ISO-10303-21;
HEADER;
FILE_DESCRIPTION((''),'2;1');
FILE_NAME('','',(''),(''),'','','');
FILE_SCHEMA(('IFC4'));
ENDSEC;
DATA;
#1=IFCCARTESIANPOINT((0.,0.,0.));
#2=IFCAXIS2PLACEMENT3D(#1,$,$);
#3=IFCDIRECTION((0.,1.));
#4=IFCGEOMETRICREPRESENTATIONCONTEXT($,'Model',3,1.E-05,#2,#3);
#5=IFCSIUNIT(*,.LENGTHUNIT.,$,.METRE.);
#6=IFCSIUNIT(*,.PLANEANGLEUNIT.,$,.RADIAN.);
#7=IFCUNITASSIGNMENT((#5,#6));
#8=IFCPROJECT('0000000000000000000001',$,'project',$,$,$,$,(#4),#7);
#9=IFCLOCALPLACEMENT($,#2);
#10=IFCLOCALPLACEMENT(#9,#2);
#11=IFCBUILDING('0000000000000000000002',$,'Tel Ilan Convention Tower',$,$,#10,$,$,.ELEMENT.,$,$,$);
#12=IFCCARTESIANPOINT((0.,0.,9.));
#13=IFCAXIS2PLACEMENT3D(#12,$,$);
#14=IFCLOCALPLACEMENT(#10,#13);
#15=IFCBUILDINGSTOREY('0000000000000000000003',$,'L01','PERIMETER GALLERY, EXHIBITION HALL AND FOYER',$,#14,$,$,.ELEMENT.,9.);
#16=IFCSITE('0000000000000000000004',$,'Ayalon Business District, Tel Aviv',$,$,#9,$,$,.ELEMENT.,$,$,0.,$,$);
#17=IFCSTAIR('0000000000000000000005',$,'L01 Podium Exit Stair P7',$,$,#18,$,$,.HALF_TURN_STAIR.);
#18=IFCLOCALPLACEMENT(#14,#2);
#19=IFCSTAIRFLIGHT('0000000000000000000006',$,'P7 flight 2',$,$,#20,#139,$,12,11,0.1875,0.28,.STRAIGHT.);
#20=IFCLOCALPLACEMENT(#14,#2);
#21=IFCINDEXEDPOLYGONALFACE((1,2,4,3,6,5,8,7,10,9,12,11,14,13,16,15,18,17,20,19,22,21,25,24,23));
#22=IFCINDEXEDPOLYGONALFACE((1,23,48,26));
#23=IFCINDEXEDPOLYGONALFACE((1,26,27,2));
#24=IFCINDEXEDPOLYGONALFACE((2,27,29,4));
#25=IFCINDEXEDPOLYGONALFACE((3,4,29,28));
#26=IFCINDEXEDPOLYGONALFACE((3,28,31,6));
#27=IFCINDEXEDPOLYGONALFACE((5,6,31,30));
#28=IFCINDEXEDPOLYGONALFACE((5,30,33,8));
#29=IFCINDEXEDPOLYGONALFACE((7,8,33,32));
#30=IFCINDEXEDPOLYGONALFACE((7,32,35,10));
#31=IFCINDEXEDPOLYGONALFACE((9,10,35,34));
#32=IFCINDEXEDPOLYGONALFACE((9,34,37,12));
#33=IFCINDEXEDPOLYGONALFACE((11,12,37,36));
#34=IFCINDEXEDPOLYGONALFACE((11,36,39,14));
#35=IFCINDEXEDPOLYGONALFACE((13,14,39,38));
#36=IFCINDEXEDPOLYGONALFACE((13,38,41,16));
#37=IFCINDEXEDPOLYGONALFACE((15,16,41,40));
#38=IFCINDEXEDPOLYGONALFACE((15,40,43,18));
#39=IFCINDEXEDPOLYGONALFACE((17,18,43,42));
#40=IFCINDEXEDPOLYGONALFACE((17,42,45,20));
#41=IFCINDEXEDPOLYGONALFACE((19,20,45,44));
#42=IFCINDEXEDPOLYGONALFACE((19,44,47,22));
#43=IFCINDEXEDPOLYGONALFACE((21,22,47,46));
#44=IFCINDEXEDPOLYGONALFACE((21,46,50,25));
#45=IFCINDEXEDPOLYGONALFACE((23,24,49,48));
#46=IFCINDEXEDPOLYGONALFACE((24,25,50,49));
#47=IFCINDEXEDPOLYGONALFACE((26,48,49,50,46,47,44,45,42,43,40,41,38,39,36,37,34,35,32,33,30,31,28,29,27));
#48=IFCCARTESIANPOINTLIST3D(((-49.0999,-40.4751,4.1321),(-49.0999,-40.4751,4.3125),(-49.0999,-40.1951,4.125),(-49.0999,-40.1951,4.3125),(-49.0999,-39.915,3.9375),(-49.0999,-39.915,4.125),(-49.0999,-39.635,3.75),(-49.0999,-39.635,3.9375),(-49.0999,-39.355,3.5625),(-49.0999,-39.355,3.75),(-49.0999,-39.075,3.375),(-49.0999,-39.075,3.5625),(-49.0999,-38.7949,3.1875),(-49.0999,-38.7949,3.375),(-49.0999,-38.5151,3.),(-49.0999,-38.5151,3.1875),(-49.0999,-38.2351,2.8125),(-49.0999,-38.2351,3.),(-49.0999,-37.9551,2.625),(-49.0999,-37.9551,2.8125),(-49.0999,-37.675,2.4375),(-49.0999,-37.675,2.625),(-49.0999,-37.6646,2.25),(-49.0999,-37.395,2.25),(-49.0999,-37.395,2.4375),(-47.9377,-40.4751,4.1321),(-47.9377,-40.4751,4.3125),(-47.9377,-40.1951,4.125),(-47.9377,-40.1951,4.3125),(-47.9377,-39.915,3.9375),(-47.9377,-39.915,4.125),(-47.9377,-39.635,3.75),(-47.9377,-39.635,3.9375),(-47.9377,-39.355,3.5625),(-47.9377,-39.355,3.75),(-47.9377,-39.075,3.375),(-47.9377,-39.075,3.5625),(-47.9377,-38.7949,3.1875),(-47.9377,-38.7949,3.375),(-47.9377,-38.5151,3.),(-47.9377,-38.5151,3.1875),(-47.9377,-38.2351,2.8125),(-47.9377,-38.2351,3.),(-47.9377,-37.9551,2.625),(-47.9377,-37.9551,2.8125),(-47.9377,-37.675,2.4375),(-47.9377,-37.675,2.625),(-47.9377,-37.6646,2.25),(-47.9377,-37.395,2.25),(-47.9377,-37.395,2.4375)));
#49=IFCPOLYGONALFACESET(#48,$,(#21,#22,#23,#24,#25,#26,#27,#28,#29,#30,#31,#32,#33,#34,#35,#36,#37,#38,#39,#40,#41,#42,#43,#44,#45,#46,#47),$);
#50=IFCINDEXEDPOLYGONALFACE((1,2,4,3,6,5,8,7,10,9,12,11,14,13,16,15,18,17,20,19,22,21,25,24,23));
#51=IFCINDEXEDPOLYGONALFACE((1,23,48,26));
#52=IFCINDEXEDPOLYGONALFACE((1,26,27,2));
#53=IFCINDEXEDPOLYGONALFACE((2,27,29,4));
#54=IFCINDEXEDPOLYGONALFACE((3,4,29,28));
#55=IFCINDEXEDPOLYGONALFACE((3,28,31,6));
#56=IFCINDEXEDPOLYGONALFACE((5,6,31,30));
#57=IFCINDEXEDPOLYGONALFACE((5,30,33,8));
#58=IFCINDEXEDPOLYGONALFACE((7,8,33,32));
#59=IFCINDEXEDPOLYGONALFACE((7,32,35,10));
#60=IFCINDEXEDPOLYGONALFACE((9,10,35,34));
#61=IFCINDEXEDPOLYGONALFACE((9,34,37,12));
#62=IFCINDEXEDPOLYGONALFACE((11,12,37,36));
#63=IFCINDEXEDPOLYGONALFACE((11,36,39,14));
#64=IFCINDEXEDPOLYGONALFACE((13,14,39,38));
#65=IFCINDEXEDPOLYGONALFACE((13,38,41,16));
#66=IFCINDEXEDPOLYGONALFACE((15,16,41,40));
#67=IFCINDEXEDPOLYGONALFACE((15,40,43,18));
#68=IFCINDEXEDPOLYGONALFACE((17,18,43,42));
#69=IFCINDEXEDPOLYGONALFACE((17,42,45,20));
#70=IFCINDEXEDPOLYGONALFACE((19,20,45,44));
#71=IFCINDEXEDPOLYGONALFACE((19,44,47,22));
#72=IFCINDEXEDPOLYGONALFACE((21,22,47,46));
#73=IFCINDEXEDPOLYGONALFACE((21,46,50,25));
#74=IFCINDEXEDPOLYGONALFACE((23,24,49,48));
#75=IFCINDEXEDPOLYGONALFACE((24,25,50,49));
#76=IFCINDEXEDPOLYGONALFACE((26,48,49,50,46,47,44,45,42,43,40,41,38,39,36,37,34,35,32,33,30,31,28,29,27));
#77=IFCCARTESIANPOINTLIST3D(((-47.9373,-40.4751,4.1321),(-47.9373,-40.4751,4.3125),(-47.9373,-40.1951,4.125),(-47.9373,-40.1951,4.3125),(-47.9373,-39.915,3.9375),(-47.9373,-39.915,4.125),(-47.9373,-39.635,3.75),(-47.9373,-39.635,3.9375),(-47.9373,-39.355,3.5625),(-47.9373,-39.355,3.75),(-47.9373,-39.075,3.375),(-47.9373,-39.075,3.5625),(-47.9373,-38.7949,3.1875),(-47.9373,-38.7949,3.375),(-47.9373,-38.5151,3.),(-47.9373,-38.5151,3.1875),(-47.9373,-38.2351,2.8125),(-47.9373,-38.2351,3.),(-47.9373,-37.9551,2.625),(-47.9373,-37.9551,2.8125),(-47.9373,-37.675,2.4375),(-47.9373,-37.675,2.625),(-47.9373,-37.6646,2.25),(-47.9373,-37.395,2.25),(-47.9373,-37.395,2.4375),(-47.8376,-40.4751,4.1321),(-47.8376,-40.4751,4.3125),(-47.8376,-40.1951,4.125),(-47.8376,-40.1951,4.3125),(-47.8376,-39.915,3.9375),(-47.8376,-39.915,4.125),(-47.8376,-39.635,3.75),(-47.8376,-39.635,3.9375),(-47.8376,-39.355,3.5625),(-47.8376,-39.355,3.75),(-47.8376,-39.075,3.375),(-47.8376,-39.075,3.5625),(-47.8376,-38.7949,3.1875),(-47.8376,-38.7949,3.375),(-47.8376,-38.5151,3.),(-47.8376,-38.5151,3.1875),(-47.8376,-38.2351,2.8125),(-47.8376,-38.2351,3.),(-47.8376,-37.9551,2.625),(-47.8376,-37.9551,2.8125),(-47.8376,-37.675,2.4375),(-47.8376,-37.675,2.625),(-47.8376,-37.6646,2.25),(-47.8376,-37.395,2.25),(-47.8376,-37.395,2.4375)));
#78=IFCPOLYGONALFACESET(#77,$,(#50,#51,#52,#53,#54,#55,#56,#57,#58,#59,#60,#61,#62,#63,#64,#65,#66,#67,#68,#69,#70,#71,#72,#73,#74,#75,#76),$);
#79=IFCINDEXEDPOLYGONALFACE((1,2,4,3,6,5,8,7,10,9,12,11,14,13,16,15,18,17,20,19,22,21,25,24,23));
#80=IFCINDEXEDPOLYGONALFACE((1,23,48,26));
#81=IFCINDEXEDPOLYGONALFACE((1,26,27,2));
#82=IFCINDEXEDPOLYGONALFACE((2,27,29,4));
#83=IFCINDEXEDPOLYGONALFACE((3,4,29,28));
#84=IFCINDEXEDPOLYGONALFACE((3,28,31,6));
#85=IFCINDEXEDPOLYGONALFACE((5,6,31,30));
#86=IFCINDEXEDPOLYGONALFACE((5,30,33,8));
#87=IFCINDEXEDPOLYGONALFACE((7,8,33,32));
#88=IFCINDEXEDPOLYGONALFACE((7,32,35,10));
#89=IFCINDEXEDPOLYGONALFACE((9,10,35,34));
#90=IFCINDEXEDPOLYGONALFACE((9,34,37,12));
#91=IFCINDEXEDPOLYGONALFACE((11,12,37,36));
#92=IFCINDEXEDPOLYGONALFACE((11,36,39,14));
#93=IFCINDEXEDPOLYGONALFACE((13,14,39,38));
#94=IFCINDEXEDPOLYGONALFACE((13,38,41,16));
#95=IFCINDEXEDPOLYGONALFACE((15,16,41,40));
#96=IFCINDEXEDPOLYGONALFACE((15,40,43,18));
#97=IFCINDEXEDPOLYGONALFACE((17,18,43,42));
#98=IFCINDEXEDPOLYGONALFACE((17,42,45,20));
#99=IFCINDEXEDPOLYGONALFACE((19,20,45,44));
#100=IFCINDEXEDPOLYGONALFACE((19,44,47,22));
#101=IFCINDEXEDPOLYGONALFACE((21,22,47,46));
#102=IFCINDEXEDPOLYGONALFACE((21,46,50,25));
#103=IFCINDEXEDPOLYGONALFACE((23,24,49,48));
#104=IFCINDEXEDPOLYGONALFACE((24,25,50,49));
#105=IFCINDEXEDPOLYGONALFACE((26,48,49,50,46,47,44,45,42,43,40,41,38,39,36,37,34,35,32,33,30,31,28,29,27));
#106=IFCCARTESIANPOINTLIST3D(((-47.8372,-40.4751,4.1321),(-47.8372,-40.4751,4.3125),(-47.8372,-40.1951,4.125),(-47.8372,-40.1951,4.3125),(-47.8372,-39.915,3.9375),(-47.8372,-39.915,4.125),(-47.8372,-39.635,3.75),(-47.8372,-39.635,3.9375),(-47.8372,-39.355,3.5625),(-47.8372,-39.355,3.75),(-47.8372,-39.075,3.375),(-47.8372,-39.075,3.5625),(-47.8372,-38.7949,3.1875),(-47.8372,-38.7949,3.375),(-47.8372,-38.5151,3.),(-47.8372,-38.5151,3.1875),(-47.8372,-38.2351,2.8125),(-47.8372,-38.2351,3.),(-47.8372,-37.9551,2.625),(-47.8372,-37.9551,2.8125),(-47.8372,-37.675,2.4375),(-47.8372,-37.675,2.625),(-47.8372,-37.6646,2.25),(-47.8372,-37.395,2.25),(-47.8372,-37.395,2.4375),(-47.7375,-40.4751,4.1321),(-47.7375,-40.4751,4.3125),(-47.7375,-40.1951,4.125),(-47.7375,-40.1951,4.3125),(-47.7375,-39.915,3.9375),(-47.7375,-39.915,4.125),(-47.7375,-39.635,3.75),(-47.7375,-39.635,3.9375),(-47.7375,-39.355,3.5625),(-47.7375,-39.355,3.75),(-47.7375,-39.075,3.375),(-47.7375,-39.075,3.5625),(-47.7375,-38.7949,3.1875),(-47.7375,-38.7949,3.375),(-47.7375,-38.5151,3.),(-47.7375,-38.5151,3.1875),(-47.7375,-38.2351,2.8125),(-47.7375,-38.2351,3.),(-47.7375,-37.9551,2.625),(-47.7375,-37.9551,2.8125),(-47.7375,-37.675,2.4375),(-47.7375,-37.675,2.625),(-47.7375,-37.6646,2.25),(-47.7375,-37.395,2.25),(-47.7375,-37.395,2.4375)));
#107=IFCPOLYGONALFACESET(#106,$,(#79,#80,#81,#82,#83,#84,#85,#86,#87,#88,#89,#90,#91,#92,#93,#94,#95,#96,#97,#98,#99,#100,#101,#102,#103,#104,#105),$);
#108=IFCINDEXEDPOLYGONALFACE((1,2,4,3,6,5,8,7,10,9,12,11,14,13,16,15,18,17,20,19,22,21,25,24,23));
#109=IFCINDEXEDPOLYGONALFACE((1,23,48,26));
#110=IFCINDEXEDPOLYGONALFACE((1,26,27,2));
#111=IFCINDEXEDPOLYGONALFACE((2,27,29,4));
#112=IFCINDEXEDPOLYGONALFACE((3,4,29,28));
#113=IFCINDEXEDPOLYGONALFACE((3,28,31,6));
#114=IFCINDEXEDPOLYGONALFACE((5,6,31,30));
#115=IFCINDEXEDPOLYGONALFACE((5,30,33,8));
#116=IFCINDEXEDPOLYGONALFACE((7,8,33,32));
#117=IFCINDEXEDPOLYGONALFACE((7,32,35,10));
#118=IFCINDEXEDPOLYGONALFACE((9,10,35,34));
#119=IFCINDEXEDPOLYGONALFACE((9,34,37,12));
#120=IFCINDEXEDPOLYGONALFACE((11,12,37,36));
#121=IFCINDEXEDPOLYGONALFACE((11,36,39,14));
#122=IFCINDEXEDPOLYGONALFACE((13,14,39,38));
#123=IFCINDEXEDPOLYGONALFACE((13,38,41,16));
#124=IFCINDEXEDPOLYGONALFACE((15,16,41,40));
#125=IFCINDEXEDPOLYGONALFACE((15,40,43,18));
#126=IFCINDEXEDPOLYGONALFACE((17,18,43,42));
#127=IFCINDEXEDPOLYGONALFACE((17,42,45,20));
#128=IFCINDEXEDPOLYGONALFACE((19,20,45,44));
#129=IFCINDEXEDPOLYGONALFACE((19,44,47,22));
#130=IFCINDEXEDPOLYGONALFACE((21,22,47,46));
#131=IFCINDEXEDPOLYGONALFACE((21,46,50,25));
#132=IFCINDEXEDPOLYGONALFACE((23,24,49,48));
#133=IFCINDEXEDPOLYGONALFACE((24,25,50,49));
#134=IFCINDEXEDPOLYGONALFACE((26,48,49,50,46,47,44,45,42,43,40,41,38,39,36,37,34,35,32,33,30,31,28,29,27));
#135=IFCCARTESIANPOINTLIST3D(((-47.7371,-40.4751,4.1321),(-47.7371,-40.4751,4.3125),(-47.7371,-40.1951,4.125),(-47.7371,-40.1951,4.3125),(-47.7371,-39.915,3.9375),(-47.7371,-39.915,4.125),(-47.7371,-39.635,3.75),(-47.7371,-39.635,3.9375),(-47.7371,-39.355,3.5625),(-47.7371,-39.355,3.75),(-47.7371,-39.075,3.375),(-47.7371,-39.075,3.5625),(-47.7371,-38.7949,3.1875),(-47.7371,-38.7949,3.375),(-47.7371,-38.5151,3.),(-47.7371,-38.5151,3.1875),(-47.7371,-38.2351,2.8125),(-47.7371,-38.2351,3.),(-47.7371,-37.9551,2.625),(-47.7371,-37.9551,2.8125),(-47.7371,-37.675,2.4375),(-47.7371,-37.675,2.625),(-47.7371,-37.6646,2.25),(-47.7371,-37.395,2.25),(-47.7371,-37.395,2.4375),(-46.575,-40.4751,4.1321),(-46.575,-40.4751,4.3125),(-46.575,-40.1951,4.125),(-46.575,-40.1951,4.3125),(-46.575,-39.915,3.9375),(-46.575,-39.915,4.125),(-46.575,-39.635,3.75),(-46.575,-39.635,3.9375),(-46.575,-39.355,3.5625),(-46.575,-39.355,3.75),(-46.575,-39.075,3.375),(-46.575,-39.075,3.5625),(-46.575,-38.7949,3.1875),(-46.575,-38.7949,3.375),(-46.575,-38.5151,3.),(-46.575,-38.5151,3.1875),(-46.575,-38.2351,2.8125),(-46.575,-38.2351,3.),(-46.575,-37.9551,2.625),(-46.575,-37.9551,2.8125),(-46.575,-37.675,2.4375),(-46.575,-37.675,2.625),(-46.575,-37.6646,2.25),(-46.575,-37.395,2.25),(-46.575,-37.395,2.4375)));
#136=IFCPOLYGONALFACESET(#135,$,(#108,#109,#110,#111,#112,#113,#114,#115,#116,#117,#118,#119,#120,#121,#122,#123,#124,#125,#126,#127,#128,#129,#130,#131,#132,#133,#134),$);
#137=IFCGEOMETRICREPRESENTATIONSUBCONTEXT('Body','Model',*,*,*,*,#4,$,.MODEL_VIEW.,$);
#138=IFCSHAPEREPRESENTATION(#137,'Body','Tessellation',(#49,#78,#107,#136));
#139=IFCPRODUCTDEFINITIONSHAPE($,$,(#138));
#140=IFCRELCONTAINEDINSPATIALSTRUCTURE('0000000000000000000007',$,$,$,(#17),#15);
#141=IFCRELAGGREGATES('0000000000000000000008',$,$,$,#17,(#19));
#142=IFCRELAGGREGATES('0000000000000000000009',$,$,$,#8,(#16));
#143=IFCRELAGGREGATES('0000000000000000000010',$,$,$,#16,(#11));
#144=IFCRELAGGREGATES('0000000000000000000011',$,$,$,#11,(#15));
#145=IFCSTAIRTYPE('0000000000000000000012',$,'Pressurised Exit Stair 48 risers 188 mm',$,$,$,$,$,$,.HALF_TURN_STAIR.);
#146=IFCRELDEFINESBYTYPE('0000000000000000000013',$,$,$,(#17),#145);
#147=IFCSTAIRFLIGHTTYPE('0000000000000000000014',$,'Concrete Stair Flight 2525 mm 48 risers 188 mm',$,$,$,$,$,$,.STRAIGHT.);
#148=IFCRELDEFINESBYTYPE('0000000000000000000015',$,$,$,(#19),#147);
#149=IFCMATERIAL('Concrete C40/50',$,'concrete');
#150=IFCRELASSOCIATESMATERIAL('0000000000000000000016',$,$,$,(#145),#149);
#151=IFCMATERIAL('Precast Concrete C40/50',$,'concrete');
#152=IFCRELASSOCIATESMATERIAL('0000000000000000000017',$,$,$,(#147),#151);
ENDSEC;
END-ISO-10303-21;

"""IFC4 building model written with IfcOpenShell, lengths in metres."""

from ifc_helpers import new_model, si_unit, direction, frame, origin, place, context, subcontext, project, spatial, polyline, outline, extrude, material, type_object, element, aggregate, save


model = new_model("IFC4")

# Units and contexts
model_context = context("Model", 3, precision=1e-05, world=origin(), true_north=direction((0.0, 1.0)))
body_context = subcontext(model_context, "Body", "Model", "MODEL_VIEW")
ifc_project = project(units=[si_unit("LENGTHUNIT", "METRE"), si_unit("PLANEANGLEUNIT", "RADIAN")], contexts=[model_context])

# Site, building, storey
site_placement = place(None, origin())
site = spatial("IfcSite", under=ifc_project, at=site_placement, Name="Ayalon Business District, Tel Aviv", CompositionType="ELEMENT", RefElevation=0.0)
building_placement = place(site_placement, origin())
building = spatial("IfcBuilding", under=site, at=building_placement, Name="Tel Ilan Convention Tower", CompositionType="ELEMENT")
storey_placement = place(building_placement, frame((0.0, 0.0, 9.0)))
storey = spatial("IfcBuildingStorey", under=building, at=storey_placement, Name="L01", Description="PERIMETER GALLERY, EXHIBITION HALL AND FOYER", CompositionType="ELEMENT", Elevation=9.0)

# Stair, stair flight
ifc_material_1 = material(Name="Concrete C40/50", Category="concrete")
stair_type = type_object("IfcStairType", Name="Pressurised Exit Stair 48 risers 188 mm", PredefinedType="HALF_TURN_STAIR", material=ifc_material_1)
ifc_material_2 = material(Name="Precast Concrete C40/50", Category="concrete")
stair_flight_type = type_object("IfcStairFlightType", Name="Concrete Stair Flight 2525 mm 48 risers 188 mm", PredefinedType="STRAIGHT", material=ifc_material_2)
stair_1_placement = place(storey_placement, origin())
stair_1 = element("IfcStair", 1, at=stair_1_placement, inside=storey, type_object=stair_type, Name="L01 Podium Exit Stair P7", PredefinedType="HALF_TURN_STAIR")
stair_flight_1_placement = place(storey_placement, frame((-47.8374, -37.395, 2.25), z_axis=(0.0, 0.0, 1.0), x_axis=(0.0, -1.0, 0.0)))
stair_flight_1 = element("IfcStairFlight", 2, at=stair_flight_1_placement, type_object=stair_flight_type, Name="P7 flight 2", NumberOfRisers=12, NumberOfTreads=11, PredefinedType="STRAIGHT", RiserHeight=0.1875, TreadLength=0.28, context=body_context, shape_type="SweptSolid", body=[
    extrude(outline(polyline([(0.0, 0.0), (0.0, 0.1875), (0.28, 0.1875), (0.28, 0.375), (0.5601, 0.375), (0.5601, 0.5625), (0.8401, 0.5625), (0.8401, 0.75), (1.1201, 0.75), (1.1201, 0.9375), (1.3999, 0.9375), (1.3999, 1.125), (1.6799, 1.125), (1.6799, 1.3125), (1.96, 1.3125), (1.96, 1.5), (2.24, 1.5), (2.24, 1.6875), (2.52, 1.6875), (2.52, 1.875), (2.8, 1.875), (2.8, 2.0625), (3.0801, 2.0625), (3.0801, 2.25), (3.0801, 1.8821), (0.2695, 0.0), (0.0, 0.0)])), frame((0.0, -0.1003, 0.0), z_axis=(0.0, -1.0, 0.0), x_axis=(1.0, 0.0, 0.0)), (0.0, 0.0, 1.0), 1.1621),
    extrude(outline(polyline([(0.0, 0.0), (0.0, 0.1875), (0.28, 0.1875), (0.28, 0.375), (0.5601, 0.375), (0.5601, 0.5625), (0.8401, 0.5625), (0.8401, 0.75), (1.1201, 0.75), (1.1201, 0.9375), (1.3999, 0.9375), (1.3999, 1.125), (1.6799, 1.125), (1.6799, 1.3125), (1.96, 1.3125), (1.96, 1.5), (2.24, 1.5), (2.24, 1.6875), (2.52, 1.6875), (2.52, 1.875), (2.8, 1.875), (2.8, 2.0625), (3.0801, 2.0625), (3.0801, 2.25), (3.0801, 1.8821), (0.2695, 0.0), (0.0, 0.0)])), frame((0.0, -0.0002, 0.0), z_axis=(0.0, -1.0, 0.0), x_axis=(1.0, 0.0, 0.0)), (0.0, 0.0, 1.0), 0.0996),
    extrude(outline(polyline([(0.0, 0.0), (0.0, 0.1875), (0.28, 0.1875), (0.28, 0.375), (0.5601, 0.375), (0.5601, 0.5625), (0.8401, 0.5625), (0.8401, 0.75), (1.1201, 0.75), (1.1201, 0.9375), (1.3999, 0.9375), (1.3999, 1.125), (1.6799, 1.125), (1.6799, 1.3125), (1.96, 1.3125), (1.96, 1.5), (2.24, 1.5), (2.24, 1.6875), (2.52, 1.6875), (2.52, 1.875), (2.8, 1.875), (2.8, 2.0625), (3.0801, 2.0625), (3.0801, 2.25), (3.0801, 1.8821), (0.2695, 0.0), (0.0, 0.0)])), frame((0.0, 0.0999, 0.0), z_axis=(0.0, -1.0, 0.0), x_axis=(1.0, 0.0, 0.0)), (0.0, 0.0, 1.0), 0.0996),
    extrude(outline(polyline([(0.0, 0.0), (0.0, 0.1875), (0.28, 0.1875), (0.28, 0.375), (0.5601, 0.375), (0.5601, 0.5625), (0.8401, 0.5625), (0.8401, 0.75), (1.1201, 0.75), (1.1201, 0.9375), (1.3999, 0.9375), (1.3999, 1.125), (1.6799, 1.125), (1.6799, 1.3125), (1.96, 1.3125), (1.96, 1.5), (2.24, 1.5), (2.24, 1.6875), (2.52, 1.6875), (2.52, 1.875), (2.8, 1.875), (2.8, 2.0625), (3.0801, 2.0625), (3.0801, 2.25), (3.0801, 1.8821), (0.2695, 0.0), (0.0, 0.0)])), frame((0.0, 1.2625, 0.0), z_axis=(0.0, -1.0, 0.0), x_axis=(1.0, 0.0, 0.0)), (0.0, 0.0, 1.0), 1.1621),
])
aggregate(stair_1, [stair_flight_1])

save(model, "model.ifc")
